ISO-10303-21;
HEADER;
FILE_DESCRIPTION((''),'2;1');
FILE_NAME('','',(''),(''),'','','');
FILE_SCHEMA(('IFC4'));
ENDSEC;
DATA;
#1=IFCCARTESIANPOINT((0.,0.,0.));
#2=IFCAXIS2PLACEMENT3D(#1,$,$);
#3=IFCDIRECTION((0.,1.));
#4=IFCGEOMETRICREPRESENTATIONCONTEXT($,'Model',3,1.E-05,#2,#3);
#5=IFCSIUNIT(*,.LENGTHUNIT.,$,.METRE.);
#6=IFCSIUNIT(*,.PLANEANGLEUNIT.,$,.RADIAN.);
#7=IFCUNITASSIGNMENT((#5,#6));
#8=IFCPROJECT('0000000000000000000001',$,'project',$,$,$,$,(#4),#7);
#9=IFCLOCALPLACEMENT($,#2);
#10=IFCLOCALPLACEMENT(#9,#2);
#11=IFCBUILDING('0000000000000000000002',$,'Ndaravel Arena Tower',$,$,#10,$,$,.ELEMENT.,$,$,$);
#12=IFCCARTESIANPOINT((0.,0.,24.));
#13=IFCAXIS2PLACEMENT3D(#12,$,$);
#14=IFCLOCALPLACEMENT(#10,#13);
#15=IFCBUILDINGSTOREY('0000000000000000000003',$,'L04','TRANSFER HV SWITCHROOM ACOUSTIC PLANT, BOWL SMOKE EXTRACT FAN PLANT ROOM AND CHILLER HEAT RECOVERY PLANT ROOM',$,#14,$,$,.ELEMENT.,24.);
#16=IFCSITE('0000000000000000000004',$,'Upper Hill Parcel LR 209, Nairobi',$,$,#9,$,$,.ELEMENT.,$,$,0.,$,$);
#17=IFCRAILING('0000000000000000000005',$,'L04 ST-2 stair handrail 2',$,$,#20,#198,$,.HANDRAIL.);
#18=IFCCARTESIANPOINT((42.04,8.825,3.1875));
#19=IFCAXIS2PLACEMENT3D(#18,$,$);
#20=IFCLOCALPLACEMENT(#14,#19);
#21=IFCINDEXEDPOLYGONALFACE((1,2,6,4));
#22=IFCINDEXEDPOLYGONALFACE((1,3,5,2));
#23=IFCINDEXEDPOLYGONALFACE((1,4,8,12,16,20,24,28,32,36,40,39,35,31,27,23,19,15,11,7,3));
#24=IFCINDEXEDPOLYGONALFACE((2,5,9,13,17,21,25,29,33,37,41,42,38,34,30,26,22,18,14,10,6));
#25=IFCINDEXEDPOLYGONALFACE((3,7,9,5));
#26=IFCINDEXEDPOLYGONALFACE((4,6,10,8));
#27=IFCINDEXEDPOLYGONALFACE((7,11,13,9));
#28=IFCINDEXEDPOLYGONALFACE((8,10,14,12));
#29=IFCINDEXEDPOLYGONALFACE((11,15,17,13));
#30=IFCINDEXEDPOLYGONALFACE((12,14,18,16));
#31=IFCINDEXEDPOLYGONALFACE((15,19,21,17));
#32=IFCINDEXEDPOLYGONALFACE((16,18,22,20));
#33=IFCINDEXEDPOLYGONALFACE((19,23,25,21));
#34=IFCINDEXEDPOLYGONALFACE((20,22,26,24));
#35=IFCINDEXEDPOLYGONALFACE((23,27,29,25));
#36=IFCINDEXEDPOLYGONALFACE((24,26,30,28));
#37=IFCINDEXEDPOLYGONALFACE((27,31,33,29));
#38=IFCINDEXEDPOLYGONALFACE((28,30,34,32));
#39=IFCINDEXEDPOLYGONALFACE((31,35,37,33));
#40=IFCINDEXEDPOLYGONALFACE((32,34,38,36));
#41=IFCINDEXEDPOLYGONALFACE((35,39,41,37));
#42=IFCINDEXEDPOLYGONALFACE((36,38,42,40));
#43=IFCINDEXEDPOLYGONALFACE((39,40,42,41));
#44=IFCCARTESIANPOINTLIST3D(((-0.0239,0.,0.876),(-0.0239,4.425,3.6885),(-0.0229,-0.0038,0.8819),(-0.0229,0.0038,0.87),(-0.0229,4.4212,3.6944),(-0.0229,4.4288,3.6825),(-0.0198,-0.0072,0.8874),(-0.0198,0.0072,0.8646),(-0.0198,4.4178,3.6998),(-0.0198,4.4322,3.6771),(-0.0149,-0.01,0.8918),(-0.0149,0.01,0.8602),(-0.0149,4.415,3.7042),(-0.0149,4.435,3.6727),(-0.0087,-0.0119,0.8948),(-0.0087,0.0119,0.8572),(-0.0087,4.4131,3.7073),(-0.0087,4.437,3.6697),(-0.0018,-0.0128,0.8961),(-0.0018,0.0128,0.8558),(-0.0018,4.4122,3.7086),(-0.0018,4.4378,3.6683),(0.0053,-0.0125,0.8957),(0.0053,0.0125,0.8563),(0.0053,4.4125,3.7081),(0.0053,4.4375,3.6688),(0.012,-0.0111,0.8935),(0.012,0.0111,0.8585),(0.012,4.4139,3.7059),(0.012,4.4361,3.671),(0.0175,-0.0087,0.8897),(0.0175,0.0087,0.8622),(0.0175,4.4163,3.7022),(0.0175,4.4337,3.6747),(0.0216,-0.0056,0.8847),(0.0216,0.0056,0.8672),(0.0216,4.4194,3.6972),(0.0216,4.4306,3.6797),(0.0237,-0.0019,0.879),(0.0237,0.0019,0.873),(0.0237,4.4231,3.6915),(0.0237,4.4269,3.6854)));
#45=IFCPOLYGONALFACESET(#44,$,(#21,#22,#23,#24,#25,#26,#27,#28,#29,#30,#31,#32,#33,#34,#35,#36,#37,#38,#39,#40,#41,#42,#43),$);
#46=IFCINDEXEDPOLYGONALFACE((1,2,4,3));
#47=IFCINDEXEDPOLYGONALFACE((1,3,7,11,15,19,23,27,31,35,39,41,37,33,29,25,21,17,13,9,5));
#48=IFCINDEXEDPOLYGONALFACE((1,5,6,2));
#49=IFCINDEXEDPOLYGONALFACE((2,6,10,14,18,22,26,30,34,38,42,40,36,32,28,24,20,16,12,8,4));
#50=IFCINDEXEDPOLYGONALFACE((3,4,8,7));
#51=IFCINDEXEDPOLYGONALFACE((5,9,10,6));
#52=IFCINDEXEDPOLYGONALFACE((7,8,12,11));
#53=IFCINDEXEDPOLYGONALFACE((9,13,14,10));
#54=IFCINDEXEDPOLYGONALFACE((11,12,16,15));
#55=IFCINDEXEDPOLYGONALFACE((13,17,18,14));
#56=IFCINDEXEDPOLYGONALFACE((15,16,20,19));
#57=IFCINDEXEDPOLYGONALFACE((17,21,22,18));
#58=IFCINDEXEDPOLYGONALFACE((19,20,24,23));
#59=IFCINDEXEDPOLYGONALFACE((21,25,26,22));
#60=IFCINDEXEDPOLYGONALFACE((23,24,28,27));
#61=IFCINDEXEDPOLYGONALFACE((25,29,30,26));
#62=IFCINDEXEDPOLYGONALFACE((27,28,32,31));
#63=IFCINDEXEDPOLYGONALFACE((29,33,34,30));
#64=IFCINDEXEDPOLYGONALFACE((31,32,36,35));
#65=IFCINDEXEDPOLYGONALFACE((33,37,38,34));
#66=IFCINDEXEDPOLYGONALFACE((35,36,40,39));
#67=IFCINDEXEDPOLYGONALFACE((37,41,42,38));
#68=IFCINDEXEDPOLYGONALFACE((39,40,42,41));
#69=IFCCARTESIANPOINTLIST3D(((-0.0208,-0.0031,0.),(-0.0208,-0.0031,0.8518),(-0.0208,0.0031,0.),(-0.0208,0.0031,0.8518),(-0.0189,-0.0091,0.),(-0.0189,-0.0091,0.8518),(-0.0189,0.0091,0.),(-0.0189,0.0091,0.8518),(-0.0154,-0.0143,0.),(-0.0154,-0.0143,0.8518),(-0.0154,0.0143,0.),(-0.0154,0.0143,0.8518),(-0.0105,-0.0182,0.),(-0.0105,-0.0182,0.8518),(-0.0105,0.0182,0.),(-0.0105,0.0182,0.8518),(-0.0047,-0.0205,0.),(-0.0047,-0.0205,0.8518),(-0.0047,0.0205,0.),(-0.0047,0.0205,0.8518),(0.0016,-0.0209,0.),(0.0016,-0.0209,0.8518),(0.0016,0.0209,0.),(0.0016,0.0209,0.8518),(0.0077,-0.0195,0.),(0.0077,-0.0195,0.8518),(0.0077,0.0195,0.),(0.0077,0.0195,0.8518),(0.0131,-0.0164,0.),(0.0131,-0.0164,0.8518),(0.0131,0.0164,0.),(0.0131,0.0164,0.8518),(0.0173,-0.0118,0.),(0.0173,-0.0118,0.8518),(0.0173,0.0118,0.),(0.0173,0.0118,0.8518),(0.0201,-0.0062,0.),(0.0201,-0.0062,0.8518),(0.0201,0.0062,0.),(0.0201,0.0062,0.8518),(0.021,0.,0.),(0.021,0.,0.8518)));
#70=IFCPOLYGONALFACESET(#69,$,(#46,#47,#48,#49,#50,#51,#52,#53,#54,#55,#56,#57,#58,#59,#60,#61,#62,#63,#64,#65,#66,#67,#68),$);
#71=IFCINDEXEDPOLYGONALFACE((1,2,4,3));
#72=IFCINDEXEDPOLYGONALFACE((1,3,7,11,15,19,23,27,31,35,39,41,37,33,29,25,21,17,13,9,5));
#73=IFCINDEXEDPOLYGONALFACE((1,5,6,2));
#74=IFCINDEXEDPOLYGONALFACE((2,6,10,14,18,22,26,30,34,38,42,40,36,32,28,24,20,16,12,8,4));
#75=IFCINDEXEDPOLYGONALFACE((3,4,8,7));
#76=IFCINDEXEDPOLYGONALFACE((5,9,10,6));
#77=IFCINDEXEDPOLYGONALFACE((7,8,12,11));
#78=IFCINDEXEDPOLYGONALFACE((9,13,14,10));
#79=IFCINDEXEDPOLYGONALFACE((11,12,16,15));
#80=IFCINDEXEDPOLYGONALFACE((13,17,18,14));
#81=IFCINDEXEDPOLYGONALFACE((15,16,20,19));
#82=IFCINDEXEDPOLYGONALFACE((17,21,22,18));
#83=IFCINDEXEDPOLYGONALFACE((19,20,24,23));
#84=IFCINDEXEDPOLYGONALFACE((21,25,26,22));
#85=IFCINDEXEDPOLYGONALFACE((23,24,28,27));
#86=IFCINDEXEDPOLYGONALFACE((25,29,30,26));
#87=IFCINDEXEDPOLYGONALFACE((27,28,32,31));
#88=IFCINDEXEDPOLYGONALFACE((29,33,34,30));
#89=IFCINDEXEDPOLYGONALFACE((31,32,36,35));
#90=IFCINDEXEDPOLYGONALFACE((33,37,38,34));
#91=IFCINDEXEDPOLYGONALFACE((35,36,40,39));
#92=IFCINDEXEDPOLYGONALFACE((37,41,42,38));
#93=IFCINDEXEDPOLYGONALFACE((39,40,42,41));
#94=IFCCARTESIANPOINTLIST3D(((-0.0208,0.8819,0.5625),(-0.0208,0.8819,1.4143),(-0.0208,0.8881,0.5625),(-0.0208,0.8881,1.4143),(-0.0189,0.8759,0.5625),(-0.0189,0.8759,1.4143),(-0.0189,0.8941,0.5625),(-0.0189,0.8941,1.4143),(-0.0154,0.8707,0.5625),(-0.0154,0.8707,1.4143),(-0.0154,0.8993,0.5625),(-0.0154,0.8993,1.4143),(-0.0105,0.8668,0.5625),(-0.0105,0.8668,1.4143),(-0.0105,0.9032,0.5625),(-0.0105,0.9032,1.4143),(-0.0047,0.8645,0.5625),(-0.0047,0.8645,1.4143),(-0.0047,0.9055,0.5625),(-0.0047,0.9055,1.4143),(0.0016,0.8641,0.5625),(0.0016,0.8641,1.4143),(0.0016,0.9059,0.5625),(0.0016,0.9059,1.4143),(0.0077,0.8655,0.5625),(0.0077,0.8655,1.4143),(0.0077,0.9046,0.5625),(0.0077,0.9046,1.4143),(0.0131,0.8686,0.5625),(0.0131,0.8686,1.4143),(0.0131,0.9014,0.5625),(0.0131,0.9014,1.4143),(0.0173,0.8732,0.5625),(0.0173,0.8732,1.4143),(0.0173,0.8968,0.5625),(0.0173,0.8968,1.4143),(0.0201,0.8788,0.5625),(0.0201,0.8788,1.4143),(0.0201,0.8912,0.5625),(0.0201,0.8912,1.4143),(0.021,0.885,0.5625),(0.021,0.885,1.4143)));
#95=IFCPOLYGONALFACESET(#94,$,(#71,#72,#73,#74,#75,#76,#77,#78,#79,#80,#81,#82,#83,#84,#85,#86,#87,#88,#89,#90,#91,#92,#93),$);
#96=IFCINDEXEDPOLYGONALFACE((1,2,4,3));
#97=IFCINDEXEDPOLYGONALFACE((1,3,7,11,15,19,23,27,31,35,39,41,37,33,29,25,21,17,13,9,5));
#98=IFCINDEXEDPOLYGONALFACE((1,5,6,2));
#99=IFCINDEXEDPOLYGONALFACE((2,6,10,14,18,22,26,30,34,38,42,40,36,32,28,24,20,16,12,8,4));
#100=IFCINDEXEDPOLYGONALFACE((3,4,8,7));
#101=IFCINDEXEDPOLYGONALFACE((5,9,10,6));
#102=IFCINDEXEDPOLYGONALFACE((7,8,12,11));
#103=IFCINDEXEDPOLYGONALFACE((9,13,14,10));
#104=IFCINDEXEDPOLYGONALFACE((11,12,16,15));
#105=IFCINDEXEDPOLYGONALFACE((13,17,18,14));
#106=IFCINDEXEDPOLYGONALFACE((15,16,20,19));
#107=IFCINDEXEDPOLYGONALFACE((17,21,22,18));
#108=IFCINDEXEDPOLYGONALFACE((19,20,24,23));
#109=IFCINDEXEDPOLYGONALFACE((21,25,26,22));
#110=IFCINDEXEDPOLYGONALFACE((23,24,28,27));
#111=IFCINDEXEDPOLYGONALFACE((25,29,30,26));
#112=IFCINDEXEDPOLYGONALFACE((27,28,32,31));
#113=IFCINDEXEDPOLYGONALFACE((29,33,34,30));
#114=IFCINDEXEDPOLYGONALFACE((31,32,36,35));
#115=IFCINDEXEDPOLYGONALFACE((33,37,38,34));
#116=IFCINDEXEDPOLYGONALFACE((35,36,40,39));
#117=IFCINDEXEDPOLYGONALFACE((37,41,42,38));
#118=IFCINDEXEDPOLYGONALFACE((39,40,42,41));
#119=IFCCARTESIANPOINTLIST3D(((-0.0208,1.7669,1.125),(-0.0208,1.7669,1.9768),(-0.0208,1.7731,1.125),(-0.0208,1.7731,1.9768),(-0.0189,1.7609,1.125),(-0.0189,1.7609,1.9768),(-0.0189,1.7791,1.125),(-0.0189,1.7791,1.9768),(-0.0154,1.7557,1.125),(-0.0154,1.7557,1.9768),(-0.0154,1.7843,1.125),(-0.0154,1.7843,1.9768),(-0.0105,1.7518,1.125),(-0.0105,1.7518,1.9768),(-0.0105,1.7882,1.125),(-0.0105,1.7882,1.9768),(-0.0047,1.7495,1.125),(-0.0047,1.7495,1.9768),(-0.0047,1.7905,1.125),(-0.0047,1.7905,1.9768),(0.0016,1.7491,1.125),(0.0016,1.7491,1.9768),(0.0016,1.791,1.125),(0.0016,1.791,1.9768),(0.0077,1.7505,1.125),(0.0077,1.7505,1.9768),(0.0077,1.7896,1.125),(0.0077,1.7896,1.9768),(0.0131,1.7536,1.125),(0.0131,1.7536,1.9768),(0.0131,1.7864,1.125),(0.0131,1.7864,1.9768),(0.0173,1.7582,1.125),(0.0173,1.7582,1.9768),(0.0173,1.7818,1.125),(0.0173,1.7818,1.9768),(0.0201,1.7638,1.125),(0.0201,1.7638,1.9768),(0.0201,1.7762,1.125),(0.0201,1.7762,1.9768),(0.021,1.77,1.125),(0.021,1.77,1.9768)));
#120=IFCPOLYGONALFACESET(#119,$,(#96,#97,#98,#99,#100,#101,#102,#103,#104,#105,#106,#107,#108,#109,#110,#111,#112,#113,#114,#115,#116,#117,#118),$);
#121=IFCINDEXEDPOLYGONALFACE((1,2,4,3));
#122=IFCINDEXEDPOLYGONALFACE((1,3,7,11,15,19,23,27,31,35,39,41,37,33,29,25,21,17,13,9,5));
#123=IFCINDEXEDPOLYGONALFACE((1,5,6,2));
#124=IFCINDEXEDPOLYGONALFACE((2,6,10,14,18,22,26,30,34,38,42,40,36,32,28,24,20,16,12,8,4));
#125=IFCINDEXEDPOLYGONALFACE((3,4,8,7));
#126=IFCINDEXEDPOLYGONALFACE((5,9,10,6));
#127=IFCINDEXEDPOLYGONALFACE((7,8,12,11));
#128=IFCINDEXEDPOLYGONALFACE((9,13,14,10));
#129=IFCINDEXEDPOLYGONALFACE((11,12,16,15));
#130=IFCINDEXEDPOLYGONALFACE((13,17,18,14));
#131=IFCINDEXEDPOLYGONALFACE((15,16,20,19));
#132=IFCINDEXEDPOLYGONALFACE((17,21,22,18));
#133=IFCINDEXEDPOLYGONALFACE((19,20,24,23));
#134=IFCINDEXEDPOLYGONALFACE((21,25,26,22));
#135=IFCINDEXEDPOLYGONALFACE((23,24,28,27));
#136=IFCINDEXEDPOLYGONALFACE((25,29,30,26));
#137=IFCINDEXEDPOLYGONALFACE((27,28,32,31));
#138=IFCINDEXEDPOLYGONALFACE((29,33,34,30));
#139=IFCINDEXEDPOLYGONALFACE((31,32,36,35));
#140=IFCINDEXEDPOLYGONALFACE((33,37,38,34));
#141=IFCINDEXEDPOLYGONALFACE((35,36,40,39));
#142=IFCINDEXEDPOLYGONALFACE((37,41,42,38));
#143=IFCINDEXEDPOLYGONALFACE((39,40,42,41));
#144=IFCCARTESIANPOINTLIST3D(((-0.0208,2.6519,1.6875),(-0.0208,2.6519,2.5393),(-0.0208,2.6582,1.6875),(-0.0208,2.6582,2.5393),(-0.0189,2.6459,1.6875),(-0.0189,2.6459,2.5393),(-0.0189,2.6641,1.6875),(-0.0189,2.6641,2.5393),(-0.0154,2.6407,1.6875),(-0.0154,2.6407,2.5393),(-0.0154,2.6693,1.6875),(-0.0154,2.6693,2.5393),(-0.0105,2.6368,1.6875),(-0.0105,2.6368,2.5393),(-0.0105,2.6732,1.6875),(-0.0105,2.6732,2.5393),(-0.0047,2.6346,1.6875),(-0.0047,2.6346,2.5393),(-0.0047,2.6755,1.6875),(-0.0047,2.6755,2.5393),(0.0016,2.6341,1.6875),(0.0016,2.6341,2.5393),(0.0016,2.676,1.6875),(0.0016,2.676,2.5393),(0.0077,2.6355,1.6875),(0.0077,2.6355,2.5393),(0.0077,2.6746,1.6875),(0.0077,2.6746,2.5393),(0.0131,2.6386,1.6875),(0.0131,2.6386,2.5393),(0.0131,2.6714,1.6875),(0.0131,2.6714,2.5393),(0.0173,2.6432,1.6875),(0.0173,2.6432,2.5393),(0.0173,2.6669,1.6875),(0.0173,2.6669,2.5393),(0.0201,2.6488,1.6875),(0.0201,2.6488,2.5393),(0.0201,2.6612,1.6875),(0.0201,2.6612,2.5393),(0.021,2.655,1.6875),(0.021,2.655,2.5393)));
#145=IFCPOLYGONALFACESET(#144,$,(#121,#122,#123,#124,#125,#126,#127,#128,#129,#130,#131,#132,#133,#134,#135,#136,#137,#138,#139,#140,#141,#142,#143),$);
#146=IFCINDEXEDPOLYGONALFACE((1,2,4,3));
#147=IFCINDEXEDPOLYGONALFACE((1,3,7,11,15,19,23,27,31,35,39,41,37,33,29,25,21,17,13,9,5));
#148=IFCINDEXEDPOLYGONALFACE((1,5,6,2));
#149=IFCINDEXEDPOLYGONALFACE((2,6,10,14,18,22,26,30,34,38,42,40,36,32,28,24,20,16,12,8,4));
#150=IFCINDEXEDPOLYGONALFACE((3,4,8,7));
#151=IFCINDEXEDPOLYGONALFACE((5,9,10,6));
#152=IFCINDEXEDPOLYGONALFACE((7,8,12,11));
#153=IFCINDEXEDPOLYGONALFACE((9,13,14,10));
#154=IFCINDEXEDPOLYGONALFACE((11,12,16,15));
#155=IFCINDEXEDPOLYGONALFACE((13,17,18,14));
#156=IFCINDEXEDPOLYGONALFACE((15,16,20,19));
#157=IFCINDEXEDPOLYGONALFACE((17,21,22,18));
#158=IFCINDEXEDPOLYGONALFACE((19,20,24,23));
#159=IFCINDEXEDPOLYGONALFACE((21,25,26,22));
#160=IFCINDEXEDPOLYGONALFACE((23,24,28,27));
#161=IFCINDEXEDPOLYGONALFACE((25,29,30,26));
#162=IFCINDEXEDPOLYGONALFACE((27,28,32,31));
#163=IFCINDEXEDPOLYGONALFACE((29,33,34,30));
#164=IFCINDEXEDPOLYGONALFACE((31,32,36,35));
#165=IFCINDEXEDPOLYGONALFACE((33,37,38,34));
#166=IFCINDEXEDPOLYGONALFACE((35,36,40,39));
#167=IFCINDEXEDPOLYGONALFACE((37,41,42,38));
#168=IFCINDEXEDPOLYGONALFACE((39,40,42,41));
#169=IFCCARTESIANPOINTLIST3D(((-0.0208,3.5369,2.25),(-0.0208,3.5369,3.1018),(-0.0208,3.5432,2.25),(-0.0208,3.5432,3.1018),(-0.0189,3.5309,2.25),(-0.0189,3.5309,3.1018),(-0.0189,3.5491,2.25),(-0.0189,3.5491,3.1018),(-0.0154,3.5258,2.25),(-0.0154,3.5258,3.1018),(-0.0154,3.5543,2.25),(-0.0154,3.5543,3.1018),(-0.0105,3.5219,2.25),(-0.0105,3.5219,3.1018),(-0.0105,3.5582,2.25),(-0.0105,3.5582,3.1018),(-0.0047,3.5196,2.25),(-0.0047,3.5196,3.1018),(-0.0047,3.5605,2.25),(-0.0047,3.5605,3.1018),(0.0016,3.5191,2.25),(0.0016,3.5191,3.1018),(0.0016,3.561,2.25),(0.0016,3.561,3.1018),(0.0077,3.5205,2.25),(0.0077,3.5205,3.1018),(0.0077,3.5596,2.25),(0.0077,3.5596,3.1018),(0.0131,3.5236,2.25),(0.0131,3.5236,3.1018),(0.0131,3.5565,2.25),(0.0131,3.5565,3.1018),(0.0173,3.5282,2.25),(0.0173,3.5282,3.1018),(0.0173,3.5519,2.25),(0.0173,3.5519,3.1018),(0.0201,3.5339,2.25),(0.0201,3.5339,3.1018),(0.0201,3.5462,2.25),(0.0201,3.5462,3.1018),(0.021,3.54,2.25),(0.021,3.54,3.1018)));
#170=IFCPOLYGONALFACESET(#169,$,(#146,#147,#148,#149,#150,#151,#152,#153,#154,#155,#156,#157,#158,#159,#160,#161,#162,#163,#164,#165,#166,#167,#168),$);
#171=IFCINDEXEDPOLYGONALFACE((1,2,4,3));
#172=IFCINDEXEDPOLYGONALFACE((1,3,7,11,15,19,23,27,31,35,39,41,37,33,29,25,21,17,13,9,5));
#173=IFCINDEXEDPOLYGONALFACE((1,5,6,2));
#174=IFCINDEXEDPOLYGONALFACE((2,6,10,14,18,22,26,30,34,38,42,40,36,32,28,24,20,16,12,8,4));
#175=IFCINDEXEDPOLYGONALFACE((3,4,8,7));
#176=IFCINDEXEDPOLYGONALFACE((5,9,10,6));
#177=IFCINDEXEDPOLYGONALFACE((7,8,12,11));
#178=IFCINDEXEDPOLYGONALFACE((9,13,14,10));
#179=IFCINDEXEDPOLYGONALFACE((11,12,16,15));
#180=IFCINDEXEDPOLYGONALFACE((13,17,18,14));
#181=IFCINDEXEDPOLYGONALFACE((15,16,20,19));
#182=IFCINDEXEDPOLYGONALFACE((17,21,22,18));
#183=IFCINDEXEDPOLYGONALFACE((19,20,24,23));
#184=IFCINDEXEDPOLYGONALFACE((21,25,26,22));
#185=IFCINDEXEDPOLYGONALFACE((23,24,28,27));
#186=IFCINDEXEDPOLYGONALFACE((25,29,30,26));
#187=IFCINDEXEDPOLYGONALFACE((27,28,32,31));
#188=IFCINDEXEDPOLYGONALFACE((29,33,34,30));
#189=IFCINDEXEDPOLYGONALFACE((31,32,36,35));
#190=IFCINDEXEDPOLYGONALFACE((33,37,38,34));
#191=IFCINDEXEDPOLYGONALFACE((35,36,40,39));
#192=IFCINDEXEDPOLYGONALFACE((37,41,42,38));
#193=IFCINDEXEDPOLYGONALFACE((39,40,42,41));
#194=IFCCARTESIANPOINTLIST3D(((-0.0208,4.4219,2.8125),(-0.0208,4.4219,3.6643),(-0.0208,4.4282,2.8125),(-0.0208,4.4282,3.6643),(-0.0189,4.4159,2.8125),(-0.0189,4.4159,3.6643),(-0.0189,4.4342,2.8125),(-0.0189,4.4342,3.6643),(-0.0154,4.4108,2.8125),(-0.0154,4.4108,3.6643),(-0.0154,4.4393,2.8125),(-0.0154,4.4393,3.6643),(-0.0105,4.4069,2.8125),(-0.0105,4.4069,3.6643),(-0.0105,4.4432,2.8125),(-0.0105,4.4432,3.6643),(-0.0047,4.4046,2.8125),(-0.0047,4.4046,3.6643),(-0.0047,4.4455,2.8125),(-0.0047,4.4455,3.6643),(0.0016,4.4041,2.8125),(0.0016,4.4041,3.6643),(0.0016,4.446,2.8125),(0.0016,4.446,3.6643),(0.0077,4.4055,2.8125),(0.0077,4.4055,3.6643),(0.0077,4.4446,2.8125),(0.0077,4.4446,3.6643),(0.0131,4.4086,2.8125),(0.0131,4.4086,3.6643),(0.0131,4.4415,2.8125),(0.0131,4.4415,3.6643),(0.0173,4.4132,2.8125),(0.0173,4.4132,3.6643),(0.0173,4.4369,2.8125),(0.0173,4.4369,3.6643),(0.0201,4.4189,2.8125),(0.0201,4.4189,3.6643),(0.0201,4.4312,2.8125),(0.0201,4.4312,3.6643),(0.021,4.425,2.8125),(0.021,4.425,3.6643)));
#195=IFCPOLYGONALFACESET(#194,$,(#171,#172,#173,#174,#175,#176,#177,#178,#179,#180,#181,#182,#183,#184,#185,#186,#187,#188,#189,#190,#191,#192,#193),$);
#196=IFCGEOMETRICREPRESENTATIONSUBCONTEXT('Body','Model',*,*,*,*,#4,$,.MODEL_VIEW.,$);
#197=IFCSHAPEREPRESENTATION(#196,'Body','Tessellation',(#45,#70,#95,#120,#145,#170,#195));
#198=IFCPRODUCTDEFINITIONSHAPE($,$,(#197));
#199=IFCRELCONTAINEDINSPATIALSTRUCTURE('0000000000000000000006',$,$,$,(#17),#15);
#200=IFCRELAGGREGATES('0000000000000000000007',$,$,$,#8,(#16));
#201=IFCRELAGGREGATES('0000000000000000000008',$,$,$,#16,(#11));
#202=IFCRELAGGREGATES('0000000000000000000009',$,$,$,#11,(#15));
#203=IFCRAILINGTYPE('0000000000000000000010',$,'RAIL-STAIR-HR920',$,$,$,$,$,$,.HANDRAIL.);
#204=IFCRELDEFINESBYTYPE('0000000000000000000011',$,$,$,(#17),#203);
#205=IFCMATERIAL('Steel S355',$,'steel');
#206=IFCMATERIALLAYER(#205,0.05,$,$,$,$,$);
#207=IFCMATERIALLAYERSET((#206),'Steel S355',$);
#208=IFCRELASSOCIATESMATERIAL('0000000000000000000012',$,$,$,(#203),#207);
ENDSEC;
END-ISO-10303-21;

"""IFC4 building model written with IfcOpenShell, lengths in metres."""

from ifc_helpers import new_model, si_unit, direction, frame, origin, origin_2d, place, context, subcontext, project, spatial, circle, extrude, material, layer, layer_set, type_object, element, save


model = new_model("IFC4")

# Units and contexts
model_context = context("Model", 3, precision=1e-05, world=origin(), true_north=direction((0.0, 1.0)))
body_context = subcontext(model_context, "Body", "Model", "MODEL_VIEW")
ifc_project = project(units=[si_unit("LENGTHUNIT", "METRE"), si_unit("PLANEANGLEUNIT", "RADIAN")], contexts=[model_context])

# Site, building, storey
site_placement = place(None, origin())
site = spatial("IfcSite", under=ifc_project, at=site_placement, Name="Upper Hill Parcel LR 209, Nairobi", CompositionType="ELEMENT", RefElevation=0.0)
building_placement = place(site_placement, origin())
building = spatial("IfcBuilding", under=site, at=building_placement, Name="Ndaravel Arena Tower", CompositionType="ELEMENT")
storey_placement = place(building_placement, frame((0.0, 0.0, 24.0)))
storey = spatial("IfcBuildingStorey", under=building, at=storey_placement, Name="L04", Description="TRANSFER HV SWITCHROOM ACOUSTIC PLANT, BOWL SMOKE EXTRACT FAN PLANT ROOM AND CHILLER HEAT RECOVERY PLANT ROOM", CompositionType="ELEMENT", Elevation=24.0)

# Railing
ifc_material_1 = material(Name="Steel S355", Category="steel")
ifc_layer_1 = layer(ifc_material_1, 0.05)
ifc_layer_set_1 = layer_set([ifc_layer_1], Name="Steel S355")
railing_type_1 = type_object("IfcRailingType", Name="RAIL-STAIR-HR920", PredefinedType="HANDRAIL", material=ifc_layer_set_1)
railing_1_placement = place(storey_placement, frame((42.04, 8.825, 3.1875)))
element("IfcRailing", 1, at=railing_1_placement, inside=storey, type_object=railing_type_1, Name="L04 ST-2 stair handrail 2", PredefinedType="HANDRAIL", context=body_context, shape_type="SweptSolid", body=[
    extrude(circle(Radius=0.0239, at=origin_2d()), frame((0.0, 0.0, 0.876), z_axis=(0.0, 0.843959, 0.536408), x_axis=(-1.0, 0.0, 0.0)), (0.0, 0.0, 1.0), 5.2432),
    extrude(circle(Radius=0.021, at=origin_2d()), origin(), (0.0, 0.0, 1.0), 0.8518),
    extrude(circle(Radius=0.021, at=origin_2d()), frame((0.0, 0.885, 0.5625)), (0.0, 0.0, 1.0), 0.8518),
    extrude(circle(Radius=0.021, at=origin_2d()), frame((0.0, 1.77, 1.125)), (0.0, 0.0, 1.0), 0.8518),
    extrude(circle(Radius=0.021, at=origin_2d()), frame((0.0, 2.655, 1.6875)), (0.0, 0.0, 1.0), 0.8518),
    extrude(circle(Radius=0.021, at=origin_2d()), frame((0.0, 3.54, 2.25)), (0.0, 0.0, 1.0), 0.8518),
    extrude(circle(Radius=0.021, at=origin_2d()), frame((0.0, 4.425, 2.8125)), (0.0, 0.0, 1.0), 0.8518),
])

save(model, "model.ifc")
